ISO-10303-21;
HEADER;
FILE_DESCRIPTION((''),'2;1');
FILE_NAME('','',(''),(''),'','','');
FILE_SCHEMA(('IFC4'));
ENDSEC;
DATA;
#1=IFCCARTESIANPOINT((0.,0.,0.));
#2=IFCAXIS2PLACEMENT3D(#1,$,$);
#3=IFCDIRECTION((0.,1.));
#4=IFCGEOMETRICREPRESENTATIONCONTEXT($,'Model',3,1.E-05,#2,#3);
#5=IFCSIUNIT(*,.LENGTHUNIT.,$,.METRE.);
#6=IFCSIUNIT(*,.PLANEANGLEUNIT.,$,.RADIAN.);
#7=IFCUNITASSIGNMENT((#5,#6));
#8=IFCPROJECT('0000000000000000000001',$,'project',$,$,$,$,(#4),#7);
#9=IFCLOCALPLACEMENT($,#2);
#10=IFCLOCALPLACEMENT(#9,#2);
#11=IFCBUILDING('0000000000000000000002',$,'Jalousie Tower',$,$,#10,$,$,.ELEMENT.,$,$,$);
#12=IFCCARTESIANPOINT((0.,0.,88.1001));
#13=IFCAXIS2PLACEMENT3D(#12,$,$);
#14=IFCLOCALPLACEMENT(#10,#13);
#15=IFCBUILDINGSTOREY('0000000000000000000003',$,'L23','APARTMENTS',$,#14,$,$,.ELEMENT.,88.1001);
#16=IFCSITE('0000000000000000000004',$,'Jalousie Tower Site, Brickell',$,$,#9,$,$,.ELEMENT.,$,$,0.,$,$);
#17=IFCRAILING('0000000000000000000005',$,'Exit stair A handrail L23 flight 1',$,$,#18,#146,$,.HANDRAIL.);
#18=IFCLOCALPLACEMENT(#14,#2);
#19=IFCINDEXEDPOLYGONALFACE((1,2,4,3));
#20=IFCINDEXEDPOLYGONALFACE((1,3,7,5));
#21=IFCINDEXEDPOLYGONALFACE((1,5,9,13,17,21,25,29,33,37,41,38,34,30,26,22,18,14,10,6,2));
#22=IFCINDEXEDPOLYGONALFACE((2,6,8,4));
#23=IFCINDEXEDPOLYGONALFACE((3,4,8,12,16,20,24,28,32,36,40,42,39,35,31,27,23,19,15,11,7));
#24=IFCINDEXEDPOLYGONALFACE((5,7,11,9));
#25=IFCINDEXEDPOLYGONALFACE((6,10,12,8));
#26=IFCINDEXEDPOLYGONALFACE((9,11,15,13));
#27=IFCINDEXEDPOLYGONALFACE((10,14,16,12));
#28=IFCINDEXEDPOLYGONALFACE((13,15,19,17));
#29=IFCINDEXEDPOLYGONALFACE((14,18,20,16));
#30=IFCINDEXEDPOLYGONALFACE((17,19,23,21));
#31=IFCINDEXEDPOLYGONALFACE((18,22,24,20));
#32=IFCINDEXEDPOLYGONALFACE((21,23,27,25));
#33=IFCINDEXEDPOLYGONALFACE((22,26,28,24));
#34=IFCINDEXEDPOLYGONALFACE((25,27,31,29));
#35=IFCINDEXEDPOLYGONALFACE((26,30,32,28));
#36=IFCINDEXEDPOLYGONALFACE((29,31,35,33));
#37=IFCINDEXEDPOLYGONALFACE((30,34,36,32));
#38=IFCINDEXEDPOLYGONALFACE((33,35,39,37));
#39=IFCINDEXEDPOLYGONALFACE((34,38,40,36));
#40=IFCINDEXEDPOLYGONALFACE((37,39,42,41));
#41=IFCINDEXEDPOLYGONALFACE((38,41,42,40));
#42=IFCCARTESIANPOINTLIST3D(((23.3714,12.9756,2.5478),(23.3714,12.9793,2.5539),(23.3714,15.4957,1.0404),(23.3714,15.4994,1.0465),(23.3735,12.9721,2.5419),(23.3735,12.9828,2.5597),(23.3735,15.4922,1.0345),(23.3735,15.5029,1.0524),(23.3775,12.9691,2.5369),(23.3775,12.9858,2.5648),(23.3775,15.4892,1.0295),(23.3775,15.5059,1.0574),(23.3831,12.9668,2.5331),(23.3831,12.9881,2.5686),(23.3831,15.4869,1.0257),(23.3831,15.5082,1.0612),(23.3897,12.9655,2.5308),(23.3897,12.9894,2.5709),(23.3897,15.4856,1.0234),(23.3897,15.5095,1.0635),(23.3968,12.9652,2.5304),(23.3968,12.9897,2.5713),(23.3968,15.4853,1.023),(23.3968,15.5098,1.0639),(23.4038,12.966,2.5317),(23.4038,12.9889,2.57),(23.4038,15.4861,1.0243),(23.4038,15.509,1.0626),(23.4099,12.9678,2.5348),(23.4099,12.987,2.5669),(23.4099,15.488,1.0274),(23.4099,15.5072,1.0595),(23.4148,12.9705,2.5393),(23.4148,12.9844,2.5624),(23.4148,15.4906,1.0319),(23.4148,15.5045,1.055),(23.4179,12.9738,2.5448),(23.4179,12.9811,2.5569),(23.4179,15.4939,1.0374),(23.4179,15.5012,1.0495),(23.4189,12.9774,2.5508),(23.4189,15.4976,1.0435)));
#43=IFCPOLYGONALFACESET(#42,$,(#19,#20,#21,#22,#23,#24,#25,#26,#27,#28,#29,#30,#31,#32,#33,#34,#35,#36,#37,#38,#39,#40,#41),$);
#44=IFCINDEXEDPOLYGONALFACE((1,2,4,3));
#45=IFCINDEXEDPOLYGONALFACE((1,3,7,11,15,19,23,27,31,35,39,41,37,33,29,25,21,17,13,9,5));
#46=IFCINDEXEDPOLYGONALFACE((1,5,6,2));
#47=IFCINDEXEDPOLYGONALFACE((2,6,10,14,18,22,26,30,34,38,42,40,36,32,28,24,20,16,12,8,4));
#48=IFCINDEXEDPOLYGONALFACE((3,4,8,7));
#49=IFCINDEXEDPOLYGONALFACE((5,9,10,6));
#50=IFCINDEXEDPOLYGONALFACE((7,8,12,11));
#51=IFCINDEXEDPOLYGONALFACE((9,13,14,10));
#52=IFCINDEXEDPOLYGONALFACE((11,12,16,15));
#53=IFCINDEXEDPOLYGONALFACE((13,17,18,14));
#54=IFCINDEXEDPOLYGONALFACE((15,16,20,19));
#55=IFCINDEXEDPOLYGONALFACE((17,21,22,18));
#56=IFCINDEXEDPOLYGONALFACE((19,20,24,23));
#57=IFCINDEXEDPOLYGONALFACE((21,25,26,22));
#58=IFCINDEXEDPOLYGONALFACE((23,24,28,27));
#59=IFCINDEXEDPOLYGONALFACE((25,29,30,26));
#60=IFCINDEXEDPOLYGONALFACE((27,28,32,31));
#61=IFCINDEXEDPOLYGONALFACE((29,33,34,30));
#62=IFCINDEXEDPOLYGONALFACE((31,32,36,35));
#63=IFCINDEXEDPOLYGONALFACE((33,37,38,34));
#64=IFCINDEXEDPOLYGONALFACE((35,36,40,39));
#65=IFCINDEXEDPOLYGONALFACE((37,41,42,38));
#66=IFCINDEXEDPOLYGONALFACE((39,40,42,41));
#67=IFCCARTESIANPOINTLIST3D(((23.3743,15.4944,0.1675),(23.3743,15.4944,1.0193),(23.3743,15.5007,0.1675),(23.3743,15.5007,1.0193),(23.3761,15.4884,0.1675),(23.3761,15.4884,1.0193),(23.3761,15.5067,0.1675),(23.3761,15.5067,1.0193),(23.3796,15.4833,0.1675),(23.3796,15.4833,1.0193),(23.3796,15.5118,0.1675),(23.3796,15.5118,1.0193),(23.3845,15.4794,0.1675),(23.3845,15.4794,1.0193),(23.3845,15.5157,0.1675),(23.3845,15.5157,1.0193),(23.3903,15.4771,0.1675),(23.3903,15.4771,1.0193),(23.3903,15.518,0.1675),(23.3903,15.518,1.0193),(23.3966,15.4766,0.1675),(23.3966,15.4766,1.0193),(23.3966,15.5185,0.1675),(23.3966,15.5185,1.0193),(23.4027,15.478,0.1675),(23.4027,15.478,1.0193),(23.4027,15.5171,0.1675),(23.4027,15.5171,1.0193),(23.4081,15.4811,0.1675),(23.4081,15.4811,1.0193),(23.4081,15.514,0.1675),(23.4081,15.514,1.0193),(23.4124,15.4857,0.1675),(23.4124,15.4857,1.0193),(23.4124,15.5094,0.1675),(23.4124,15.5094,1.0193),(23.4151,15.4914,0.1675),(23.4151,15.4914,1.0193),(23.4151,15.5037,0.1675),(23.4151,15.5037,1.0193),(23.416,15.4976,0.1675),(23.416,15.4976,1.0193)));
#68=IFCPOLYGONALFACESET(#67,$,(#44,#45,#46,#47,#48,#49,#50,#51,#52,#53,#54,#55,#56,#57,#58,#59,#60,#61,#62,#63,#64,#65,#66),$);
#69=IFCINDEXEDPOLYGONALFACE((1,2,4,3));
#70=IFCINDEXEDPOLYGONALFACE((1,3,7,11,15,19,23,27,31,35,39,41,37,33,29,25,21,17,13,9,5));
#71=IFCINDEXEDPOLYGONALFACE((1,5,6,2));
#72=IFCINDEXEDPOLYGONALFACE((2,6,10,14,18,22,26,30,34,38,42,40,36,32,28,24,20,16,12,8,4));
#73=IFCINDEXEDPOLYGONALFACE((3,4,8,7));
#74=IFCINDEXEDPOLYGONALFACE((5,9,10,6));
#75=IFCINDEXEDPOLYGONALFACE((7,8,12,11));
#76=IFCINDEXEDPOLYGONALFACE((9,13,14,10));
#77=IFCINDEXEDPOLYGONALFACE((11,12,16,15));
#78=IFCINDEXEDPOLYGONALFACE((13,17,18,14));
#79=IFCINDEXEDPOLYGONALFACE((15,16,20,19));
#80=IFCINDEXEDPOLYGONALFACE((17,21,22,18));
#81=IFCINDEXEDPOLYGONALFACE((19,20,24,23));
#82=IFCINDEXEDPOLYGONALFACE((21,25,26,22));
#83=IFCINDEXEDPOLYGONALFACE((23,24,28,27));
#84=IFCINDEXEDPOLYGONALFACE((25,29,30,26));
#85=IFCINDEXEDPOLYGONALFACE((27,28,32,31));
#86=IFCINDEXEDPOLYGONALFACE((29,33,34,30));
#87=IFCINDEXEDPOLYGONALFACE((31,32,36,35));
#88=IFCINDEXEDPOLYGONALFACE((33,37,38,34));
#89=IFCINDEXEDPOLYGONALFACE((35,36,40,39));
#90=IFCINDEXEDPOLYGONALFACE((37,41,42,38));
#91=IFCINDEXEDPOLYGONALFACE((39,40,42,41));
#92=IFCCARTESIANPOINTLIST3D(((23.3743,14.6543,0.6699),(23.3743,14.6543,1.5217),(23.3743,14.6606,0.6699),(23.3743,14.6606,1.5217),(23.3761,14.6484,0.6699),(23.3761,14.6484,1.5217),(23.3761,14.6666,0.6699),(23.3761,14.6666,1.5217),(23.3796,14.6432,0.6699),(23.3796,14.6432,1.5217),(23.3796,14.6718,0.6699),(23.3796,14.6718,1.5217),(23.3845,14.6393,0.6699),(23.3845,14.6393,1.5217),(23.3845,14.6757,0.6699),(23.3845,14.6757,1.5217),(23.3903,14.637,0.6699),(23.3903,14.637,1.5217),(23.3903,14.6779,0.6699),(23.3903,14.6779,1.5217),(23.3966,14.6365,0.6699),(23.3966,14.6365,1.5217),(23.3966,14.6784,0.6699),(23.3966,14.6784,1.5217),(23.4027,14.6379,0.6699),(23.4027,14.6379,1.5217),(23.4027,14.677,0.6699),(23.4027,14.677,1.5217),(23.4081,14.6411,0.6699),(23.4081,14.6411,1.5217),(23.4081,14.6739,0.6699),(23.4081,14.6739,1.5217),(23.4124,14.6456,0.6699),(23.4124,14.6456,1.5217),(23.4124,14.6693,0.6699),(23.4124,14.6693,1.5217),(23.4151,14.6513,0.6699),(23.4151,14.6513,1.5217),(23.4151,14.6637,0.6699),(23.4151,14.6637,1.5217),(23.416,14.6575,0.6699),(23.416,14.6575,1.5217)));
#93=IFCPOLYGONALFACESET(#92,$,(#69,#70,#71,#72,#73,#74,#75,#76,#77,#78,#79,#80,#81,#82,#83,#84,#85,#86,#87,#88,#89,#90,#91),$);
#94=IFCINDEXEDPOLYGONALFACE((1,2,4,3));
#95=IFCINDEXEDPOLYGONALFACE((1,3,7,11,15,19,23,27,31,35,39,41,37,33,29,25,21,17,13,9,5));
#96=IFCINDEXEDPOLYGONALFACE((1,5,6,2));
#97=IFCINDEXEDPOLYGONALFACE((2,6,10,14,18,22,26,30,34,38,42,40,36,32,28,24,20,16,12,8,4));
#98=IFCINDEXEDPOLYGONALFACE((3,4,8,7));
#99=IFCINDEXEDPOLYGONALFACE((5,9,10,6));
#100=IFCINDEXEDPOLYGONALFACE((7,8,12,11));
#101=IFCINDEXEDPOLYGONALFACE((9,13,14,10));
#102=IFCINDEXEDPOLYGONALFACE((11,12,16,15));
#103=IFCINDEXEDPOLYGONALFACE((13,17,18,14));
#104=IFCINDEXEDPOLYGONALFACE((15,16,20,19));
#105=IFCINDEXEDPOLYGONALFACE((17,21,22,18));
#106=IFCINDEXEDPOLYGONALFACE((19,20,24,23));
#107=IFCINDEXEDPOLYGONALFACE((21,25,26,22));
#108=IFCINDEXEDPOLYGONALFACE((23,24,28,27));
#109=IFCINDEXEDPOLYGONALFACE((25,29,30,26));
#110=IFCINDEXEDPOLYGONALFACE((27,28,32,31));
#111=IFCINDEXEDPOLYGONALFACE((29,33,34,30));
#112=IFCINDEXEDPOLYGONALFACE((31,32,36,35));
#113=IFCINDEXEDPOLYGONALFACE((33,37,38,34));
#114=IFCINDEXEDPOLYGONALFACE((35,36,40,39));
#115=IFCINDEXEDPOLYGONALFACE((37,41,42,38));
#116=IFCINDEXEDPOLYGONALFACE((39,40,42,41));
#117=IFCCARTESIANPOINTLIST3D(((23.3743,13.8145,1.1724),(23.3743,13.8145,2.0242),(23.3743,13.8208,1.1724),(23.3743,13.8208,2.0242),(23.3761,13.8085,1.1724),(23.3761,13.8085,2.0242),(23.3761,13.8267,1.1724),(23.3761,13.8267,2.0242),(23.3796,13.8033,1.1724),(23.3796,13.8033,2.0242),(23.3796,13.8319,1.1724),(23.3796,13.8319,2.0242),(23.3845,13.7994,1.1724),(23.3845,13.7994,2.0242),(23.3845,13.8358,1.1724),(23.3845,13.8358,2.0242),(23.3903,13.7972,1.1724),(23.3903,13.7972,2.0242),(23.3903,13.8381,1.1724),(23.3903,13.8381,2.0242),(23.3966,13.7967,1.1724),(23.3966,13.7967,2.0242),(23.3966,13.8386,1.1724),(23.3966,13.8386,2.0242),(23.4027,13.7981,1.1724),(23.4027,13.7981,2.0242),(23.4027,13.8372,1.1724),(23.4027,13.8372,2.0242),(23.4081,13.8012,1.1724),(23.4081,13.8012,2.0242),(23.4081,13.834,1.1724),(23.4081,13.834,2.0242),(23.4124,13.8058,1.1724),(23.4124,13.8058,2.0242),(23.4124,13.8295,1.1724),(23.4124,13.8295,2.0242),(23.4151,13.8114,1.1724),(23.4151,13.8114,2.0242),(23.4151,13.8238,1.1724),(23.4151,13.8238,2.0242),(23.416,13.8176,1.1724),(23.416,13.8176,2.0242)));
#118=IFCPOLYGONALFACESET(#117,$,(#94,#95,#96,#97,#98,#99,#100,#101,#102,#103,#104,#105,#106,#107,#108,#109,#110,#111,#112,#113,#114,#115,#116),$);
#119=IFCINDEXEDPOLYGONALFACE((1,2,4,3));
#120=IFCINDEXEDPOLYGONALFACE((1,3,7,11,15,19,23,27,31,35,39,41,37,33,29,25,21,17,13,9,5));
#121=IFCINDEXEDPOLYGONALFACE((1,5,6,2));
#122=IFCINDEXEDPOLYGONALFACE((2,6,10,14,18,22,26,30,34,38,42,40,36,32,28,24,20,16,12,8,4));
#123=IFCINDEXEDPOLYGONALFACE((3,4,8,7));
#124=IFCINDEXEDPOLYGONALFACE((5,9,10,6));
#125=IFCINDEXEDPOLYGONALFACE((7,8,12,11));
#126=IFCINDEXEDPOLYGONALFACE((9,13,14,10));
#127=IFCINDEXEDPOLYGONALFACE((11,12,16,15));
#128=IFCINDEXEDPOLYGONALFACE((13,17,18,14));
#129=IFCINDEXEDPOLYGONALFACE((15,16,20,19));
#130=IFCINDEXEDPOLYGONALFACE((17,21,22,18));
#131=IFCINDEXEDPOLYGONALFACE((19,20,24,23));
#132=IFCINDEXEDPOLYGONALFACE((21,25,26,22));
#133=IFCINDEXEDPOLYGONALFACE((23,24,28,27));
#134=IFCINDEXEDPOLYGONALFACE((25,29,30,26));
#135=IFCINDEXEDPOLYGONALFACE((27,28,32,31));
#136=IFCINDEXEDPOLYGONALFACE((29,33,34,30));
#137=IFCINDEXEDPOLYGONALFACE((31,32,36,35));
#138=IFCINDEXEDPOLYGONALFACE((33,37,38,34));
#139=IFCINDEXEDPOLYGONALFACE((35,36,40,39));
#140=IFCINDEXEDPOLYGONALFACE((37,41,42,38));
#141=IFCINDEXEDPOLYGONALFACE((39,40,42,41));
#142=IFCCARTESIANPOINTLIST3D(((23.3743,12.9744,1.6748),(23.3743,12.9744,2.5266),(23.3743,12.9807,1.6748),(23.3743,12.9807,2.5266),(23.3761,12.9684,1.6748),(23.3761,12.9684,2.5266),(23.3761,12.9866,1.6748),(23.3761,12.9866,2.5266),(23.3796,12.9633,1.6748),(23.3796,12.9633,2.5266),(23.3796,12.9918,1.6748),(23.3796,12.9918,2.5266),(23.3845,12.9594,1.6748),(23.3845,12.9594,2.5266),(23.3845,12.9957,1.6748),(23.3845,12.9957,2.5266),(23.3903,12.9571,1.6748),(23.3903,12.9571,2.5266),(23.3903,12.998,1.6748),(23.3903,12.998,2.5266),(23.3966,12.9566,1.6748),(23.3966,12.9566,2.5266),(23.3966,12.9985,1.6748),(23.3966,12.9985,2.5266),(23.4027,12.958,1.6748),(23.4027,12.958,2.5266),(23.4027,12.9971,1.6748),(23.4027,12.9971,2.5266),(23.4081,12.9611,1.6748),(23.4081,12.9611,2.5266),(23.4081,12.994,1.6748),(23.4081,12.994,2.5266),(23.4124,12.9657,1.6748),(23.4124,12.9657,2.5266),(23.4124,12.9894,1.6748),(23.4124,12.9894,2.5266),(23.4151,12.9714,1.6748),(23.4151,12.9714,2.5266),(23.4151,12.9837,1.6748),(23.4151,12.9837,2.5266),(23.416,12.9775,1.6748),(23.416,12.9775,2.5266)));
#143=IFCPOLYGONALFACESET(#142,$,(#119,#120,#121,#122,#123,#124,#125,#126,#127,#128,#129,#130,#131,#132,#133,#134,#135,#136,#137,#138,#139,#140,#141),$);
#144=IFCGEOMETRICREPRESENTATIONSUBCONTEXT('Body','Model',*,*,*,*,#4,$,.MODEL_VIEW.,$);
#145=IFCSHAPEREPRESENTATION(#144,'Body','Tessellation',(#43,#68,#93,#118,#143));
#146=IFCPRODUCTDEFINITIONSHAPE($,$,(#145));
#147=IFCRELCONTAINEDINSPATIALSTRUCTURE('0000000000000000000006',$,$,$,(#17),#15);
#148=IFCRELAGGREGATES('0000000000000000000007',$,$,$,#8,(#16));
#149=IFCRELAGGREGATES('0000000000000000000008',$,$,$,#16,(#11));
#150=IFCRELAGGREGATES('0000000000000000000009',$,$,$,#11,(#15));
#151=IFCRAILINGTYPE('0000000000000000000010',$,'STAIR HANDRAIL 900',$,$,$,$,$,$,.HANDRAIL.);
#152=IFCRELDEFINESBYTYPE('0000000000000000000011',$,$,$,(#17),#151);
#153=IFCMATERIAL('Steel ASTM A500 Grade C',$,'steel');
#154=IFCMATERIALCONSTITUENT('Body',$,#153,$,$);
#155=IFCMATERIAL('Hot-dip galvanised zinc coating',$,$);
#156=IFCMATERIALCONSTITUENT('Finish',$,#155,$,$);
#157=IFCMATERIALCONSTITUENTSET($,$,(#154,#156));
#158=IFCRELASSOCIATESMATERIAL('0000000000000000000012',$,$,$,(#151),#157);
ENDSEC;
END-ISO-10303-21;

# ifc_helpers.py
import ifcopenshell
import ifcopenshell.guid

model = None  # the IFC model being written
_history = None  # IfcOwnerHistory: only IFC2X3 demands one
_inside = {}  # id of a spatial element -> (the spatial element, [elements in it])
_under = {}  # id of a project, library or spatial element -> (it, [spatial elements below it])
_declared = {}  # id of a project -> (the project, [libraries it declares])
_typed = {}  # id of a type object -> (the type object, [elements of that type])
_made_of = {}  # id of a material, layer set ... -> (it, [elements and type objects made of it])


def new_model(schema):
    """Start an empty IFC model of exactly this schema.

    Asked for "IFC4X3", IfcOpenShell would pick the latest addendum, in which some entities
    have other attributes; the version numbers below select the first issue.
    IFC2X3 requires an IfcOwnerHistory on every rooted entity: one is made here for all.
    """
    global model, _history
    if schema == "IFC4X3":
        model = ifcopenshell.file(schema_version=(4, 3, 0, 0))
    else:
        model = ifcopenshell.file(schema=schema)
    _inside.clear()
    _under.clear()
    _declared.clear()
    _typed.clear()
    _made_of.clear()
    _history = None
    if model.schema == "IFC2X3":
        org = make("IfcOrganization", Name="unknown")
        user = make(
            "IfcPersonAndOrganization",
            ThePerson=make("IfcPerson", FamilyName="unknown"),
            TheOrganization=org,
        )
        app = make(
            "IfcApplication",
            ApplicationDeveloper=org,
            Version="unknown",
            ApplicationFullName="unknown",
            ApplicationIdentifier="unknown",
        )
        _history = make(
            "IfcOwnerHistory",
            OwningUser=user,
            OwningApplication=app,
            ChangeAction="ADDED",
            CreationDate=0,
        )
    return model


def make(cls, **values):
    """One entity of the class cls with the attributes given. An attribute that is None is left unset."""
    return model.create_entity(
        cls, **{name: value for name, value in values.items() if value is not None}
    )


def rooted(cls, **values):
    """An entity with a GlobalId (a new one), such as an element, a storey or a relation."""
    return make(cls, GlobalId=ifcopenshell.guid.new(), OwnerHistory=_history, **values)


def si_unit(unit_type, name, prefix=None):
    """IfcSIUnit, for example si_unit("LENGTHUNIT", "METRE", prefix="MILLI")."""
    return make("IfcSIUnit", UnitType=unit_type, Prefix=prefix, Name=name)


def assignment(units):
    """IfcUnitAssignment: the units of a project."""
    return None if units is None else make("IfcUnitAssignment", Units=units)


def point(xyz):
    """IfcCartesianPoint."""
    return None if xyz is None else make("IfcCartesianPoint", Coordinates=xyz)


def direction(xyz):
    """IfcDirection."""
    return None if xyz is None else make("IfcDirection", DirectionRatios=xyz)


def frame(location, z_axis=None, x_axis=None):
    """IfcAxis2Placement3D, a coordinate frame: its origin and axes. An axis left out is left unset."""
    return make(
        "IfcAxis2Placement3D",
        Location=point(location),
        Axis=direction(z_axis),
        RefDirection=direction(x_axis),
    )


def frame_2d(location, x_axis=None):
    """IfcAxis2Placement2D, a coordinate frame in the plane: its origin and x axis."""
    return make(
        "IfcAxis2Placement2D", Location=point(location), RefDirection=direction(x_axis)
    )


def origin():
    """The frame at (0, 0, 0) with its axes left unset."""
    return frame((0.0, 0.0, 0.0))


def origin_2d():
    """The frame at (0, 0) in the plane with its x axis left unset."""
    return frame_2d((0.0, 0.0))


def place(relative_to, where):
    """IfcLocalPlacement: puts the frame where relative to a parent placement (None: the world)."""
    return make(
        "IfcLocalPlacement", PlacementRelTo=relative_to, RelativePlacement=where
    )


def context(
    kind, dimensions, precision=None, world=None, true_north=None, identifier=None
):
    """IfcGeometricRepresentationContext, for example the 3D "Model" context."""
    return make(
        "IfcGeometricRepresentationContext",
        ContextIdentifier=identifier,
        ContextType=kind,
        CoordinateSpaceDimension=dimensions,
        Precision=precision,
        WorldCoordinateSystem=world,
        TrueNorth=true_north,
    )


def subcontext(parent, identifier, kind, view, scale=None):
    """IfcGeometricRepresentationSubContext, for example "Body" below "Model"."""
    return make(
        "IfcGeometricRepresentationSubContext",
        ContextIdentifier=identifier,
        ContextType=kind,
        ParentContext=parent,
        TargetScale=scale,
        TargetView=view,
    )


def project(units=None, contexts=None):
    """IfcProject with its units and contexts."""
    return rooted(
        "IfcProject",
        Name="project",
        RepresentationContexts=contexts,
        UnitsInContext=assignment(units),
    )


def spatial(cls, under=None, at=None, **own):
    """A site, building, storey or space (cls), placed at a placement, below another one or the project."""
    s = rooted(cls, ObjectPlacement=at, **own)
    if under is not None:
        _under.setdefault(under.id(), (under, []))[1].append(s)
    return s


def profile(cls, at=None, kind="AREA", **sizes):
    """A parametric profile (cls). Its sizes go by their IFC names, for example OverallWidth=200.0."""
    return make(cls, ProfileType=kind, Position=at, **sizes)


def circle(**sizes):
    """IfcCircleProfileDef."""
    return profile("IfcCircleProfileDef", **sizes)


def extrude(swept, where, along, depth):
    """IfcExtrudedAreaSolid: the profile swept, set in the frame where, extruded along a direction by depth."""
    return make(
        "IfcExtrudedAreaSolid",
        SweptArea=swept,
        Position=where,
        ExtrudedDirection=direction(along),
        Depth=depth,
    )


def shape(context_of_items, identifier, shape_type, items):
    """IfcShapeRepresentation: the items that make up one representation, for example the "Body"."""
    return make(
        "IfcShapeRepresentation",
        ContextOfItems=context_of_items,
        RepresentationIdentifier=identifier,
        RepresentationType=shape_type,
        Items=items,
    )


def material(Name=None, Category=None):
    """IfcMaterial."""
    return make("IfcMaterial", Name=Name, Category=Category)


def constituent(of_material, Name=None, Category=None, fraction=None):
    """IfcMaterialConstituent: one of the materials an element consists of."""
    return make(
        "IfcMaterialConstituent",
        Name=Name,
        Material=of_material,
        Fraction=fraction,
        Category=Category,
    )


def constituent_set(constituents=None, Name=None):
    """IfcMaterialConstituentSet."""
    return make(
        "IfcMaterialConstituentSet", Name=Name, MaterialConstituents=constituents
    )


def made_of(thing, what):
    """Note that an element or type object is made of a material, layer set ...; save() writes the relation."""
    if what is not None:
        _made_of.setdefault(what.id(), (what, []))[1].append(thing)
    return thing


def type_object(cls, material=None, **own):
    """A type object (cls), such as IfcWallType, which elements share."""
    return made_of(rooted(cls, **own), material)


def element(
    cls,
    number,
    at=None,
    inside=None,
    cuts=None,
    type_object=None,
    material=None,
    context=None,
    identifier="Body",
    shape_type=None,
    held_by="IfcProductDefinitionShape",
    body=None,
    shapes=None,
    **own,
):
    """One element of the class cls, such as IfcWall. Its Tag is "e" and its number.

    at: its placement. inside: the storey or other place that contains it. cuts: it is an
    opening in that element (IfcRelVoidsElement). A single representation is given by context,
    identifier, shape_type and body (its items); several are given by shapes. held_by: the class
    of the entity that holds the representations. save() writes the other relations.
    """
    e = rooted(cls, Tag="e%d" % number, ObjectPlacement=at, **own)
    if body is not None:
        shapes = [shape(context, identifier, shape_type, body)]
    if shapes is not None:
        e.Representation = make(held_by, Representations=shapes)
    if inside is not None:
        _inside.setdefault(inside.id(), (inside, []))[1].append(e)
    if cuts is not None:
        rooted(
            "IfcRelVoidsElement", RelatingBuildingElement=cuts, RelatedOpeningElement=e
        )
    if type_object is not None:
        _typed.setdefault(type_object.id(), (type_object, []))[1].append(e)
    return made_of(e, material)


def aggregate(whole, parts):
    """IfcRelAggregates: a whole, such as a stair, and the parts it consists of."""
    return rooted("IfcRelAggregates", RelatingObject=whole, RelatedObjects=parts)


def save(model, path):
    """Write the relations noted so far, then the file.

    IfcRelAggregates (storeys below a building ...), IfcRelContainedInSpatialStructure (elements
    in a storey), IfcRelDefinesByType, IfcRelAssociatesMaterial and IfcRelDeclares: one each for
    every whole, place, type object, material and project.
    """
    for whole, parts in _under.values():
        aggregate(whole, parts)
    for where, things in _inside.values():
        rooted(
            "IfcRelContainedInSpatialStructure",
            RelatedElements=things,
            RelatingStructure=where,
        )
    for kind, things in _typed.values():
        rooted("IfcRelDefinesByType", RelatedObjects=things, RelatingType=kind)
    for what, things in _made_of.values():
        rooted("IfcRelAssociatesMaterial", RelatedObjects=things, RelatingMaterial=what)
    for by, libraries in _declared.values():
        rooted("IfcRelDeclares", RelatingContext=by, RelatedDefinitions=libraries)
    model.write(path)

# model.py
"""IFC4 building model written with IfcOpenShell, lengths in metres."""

from ifc_helpers import new_model, si_unit, direction, frame, origin, origin_2d, place, context, subcontext, project, spatial, circle, extrude, material, constituent, constituent_set, type_object, element, save


model = new_model("IFC4")

# Units and contexts
model_context = context("Model", 3, precision=1e-05, world=origin(), true_north=direction((0.0, 1.0)))
body_context = subcontext(model_context, "Body", "Model", "MODEL_VIEW")
ifc_project = project(units=[si_unit("LENGTHUNIT", "METRE"), si_unit("PLANEANGLEUNIT", "RADIAN")], contexts=[model_context])

# Site, building, storey
site_placement = place(None, origin())
site = spatial("IfcSite", under=ifc_project, at=site_placement, Name="Jalousie Tower Site, Brickell", CompositionType="ELEMENT", RefElevation=0.0)
building_placement = place(site_placement, origin())
building = spatial("IfcBuilding", under=site, at=building_placement, Name="Jalousie Tower", CompositionType="ELEMENT")
storey_placement = place(building_placement, frame((0.0, 0.0, 88.1001)))
storey = spatial("IfcBuildingStorey", under=building, at=storey_placement, Name="L23", Description="APARTMENTS", CompositionType="ELEMENT", Elevation=88.1001)

# Railing
ifc_material_1 = material(Name="Steel ASTM A500 Grade C", Category="steel")
ifc_constituent_1 = constituent(ifc_material_1, Name="Body")
ifc_material_2 = material(Name="Hot-dip galvanised zinc coating")
ifc_constituent_2 = constituent(ifc_material_2, Name="Finish")
ifc_constituent_set_1 = constituent_set(constituents=[ifc_constituent_1, ifc_constituent_2])
railing_type_1 = type_object("IfcRailingType", Name="STAIR HANDRAIL 900", PredefinedType="HANDRAIL", material=ifc_constituent_set_1)
railing_1_placement = place(storey_placement, frame((23.395, 15.4976, 0.1675)))
element("IfcRailing", 1, at=railing_1_placement, inside=storey, type_object=railing_type_1, Name="Exit stair A handrail L23 flight 1", PredefinedType="HANDRAIL", context=body_context, shape_type="SweptSolid", body=[
    extrude(circle(Radius=0.0239, at=origin_2d()), frame((0.0, 0.0, 0.876), z_axis=(0.0, -0.858196, 0.513321), x_axis=(1.0, 0.0, 0.0)), (0.0, 0.0, 1.0), 2.9365),
    extrude(circle(Radius=0.021, at=origin_2d()), origin(), (0.0, 0.0, 1.0), 0.8518),
    extrude(circle(Radius=0.021, at=origin_2d()), frame((0.0, -0.8401, 0.5024)), (0.0, 0.0, 1.0), 0.8518),
    extrude(circle(Radius=0.021, at=origin_2d()), frame((0.0, -1.6799, 1.0049)), (0.0, 0.0, 1.0), 0.8518),
    extrude(circle(Radius=0.021, at=origin_2d()), frame((0.0, -2.52, 1.5073)), (0.0, 0.0, 1.0), 0.8518),
])

save(model, "model.ifc")
